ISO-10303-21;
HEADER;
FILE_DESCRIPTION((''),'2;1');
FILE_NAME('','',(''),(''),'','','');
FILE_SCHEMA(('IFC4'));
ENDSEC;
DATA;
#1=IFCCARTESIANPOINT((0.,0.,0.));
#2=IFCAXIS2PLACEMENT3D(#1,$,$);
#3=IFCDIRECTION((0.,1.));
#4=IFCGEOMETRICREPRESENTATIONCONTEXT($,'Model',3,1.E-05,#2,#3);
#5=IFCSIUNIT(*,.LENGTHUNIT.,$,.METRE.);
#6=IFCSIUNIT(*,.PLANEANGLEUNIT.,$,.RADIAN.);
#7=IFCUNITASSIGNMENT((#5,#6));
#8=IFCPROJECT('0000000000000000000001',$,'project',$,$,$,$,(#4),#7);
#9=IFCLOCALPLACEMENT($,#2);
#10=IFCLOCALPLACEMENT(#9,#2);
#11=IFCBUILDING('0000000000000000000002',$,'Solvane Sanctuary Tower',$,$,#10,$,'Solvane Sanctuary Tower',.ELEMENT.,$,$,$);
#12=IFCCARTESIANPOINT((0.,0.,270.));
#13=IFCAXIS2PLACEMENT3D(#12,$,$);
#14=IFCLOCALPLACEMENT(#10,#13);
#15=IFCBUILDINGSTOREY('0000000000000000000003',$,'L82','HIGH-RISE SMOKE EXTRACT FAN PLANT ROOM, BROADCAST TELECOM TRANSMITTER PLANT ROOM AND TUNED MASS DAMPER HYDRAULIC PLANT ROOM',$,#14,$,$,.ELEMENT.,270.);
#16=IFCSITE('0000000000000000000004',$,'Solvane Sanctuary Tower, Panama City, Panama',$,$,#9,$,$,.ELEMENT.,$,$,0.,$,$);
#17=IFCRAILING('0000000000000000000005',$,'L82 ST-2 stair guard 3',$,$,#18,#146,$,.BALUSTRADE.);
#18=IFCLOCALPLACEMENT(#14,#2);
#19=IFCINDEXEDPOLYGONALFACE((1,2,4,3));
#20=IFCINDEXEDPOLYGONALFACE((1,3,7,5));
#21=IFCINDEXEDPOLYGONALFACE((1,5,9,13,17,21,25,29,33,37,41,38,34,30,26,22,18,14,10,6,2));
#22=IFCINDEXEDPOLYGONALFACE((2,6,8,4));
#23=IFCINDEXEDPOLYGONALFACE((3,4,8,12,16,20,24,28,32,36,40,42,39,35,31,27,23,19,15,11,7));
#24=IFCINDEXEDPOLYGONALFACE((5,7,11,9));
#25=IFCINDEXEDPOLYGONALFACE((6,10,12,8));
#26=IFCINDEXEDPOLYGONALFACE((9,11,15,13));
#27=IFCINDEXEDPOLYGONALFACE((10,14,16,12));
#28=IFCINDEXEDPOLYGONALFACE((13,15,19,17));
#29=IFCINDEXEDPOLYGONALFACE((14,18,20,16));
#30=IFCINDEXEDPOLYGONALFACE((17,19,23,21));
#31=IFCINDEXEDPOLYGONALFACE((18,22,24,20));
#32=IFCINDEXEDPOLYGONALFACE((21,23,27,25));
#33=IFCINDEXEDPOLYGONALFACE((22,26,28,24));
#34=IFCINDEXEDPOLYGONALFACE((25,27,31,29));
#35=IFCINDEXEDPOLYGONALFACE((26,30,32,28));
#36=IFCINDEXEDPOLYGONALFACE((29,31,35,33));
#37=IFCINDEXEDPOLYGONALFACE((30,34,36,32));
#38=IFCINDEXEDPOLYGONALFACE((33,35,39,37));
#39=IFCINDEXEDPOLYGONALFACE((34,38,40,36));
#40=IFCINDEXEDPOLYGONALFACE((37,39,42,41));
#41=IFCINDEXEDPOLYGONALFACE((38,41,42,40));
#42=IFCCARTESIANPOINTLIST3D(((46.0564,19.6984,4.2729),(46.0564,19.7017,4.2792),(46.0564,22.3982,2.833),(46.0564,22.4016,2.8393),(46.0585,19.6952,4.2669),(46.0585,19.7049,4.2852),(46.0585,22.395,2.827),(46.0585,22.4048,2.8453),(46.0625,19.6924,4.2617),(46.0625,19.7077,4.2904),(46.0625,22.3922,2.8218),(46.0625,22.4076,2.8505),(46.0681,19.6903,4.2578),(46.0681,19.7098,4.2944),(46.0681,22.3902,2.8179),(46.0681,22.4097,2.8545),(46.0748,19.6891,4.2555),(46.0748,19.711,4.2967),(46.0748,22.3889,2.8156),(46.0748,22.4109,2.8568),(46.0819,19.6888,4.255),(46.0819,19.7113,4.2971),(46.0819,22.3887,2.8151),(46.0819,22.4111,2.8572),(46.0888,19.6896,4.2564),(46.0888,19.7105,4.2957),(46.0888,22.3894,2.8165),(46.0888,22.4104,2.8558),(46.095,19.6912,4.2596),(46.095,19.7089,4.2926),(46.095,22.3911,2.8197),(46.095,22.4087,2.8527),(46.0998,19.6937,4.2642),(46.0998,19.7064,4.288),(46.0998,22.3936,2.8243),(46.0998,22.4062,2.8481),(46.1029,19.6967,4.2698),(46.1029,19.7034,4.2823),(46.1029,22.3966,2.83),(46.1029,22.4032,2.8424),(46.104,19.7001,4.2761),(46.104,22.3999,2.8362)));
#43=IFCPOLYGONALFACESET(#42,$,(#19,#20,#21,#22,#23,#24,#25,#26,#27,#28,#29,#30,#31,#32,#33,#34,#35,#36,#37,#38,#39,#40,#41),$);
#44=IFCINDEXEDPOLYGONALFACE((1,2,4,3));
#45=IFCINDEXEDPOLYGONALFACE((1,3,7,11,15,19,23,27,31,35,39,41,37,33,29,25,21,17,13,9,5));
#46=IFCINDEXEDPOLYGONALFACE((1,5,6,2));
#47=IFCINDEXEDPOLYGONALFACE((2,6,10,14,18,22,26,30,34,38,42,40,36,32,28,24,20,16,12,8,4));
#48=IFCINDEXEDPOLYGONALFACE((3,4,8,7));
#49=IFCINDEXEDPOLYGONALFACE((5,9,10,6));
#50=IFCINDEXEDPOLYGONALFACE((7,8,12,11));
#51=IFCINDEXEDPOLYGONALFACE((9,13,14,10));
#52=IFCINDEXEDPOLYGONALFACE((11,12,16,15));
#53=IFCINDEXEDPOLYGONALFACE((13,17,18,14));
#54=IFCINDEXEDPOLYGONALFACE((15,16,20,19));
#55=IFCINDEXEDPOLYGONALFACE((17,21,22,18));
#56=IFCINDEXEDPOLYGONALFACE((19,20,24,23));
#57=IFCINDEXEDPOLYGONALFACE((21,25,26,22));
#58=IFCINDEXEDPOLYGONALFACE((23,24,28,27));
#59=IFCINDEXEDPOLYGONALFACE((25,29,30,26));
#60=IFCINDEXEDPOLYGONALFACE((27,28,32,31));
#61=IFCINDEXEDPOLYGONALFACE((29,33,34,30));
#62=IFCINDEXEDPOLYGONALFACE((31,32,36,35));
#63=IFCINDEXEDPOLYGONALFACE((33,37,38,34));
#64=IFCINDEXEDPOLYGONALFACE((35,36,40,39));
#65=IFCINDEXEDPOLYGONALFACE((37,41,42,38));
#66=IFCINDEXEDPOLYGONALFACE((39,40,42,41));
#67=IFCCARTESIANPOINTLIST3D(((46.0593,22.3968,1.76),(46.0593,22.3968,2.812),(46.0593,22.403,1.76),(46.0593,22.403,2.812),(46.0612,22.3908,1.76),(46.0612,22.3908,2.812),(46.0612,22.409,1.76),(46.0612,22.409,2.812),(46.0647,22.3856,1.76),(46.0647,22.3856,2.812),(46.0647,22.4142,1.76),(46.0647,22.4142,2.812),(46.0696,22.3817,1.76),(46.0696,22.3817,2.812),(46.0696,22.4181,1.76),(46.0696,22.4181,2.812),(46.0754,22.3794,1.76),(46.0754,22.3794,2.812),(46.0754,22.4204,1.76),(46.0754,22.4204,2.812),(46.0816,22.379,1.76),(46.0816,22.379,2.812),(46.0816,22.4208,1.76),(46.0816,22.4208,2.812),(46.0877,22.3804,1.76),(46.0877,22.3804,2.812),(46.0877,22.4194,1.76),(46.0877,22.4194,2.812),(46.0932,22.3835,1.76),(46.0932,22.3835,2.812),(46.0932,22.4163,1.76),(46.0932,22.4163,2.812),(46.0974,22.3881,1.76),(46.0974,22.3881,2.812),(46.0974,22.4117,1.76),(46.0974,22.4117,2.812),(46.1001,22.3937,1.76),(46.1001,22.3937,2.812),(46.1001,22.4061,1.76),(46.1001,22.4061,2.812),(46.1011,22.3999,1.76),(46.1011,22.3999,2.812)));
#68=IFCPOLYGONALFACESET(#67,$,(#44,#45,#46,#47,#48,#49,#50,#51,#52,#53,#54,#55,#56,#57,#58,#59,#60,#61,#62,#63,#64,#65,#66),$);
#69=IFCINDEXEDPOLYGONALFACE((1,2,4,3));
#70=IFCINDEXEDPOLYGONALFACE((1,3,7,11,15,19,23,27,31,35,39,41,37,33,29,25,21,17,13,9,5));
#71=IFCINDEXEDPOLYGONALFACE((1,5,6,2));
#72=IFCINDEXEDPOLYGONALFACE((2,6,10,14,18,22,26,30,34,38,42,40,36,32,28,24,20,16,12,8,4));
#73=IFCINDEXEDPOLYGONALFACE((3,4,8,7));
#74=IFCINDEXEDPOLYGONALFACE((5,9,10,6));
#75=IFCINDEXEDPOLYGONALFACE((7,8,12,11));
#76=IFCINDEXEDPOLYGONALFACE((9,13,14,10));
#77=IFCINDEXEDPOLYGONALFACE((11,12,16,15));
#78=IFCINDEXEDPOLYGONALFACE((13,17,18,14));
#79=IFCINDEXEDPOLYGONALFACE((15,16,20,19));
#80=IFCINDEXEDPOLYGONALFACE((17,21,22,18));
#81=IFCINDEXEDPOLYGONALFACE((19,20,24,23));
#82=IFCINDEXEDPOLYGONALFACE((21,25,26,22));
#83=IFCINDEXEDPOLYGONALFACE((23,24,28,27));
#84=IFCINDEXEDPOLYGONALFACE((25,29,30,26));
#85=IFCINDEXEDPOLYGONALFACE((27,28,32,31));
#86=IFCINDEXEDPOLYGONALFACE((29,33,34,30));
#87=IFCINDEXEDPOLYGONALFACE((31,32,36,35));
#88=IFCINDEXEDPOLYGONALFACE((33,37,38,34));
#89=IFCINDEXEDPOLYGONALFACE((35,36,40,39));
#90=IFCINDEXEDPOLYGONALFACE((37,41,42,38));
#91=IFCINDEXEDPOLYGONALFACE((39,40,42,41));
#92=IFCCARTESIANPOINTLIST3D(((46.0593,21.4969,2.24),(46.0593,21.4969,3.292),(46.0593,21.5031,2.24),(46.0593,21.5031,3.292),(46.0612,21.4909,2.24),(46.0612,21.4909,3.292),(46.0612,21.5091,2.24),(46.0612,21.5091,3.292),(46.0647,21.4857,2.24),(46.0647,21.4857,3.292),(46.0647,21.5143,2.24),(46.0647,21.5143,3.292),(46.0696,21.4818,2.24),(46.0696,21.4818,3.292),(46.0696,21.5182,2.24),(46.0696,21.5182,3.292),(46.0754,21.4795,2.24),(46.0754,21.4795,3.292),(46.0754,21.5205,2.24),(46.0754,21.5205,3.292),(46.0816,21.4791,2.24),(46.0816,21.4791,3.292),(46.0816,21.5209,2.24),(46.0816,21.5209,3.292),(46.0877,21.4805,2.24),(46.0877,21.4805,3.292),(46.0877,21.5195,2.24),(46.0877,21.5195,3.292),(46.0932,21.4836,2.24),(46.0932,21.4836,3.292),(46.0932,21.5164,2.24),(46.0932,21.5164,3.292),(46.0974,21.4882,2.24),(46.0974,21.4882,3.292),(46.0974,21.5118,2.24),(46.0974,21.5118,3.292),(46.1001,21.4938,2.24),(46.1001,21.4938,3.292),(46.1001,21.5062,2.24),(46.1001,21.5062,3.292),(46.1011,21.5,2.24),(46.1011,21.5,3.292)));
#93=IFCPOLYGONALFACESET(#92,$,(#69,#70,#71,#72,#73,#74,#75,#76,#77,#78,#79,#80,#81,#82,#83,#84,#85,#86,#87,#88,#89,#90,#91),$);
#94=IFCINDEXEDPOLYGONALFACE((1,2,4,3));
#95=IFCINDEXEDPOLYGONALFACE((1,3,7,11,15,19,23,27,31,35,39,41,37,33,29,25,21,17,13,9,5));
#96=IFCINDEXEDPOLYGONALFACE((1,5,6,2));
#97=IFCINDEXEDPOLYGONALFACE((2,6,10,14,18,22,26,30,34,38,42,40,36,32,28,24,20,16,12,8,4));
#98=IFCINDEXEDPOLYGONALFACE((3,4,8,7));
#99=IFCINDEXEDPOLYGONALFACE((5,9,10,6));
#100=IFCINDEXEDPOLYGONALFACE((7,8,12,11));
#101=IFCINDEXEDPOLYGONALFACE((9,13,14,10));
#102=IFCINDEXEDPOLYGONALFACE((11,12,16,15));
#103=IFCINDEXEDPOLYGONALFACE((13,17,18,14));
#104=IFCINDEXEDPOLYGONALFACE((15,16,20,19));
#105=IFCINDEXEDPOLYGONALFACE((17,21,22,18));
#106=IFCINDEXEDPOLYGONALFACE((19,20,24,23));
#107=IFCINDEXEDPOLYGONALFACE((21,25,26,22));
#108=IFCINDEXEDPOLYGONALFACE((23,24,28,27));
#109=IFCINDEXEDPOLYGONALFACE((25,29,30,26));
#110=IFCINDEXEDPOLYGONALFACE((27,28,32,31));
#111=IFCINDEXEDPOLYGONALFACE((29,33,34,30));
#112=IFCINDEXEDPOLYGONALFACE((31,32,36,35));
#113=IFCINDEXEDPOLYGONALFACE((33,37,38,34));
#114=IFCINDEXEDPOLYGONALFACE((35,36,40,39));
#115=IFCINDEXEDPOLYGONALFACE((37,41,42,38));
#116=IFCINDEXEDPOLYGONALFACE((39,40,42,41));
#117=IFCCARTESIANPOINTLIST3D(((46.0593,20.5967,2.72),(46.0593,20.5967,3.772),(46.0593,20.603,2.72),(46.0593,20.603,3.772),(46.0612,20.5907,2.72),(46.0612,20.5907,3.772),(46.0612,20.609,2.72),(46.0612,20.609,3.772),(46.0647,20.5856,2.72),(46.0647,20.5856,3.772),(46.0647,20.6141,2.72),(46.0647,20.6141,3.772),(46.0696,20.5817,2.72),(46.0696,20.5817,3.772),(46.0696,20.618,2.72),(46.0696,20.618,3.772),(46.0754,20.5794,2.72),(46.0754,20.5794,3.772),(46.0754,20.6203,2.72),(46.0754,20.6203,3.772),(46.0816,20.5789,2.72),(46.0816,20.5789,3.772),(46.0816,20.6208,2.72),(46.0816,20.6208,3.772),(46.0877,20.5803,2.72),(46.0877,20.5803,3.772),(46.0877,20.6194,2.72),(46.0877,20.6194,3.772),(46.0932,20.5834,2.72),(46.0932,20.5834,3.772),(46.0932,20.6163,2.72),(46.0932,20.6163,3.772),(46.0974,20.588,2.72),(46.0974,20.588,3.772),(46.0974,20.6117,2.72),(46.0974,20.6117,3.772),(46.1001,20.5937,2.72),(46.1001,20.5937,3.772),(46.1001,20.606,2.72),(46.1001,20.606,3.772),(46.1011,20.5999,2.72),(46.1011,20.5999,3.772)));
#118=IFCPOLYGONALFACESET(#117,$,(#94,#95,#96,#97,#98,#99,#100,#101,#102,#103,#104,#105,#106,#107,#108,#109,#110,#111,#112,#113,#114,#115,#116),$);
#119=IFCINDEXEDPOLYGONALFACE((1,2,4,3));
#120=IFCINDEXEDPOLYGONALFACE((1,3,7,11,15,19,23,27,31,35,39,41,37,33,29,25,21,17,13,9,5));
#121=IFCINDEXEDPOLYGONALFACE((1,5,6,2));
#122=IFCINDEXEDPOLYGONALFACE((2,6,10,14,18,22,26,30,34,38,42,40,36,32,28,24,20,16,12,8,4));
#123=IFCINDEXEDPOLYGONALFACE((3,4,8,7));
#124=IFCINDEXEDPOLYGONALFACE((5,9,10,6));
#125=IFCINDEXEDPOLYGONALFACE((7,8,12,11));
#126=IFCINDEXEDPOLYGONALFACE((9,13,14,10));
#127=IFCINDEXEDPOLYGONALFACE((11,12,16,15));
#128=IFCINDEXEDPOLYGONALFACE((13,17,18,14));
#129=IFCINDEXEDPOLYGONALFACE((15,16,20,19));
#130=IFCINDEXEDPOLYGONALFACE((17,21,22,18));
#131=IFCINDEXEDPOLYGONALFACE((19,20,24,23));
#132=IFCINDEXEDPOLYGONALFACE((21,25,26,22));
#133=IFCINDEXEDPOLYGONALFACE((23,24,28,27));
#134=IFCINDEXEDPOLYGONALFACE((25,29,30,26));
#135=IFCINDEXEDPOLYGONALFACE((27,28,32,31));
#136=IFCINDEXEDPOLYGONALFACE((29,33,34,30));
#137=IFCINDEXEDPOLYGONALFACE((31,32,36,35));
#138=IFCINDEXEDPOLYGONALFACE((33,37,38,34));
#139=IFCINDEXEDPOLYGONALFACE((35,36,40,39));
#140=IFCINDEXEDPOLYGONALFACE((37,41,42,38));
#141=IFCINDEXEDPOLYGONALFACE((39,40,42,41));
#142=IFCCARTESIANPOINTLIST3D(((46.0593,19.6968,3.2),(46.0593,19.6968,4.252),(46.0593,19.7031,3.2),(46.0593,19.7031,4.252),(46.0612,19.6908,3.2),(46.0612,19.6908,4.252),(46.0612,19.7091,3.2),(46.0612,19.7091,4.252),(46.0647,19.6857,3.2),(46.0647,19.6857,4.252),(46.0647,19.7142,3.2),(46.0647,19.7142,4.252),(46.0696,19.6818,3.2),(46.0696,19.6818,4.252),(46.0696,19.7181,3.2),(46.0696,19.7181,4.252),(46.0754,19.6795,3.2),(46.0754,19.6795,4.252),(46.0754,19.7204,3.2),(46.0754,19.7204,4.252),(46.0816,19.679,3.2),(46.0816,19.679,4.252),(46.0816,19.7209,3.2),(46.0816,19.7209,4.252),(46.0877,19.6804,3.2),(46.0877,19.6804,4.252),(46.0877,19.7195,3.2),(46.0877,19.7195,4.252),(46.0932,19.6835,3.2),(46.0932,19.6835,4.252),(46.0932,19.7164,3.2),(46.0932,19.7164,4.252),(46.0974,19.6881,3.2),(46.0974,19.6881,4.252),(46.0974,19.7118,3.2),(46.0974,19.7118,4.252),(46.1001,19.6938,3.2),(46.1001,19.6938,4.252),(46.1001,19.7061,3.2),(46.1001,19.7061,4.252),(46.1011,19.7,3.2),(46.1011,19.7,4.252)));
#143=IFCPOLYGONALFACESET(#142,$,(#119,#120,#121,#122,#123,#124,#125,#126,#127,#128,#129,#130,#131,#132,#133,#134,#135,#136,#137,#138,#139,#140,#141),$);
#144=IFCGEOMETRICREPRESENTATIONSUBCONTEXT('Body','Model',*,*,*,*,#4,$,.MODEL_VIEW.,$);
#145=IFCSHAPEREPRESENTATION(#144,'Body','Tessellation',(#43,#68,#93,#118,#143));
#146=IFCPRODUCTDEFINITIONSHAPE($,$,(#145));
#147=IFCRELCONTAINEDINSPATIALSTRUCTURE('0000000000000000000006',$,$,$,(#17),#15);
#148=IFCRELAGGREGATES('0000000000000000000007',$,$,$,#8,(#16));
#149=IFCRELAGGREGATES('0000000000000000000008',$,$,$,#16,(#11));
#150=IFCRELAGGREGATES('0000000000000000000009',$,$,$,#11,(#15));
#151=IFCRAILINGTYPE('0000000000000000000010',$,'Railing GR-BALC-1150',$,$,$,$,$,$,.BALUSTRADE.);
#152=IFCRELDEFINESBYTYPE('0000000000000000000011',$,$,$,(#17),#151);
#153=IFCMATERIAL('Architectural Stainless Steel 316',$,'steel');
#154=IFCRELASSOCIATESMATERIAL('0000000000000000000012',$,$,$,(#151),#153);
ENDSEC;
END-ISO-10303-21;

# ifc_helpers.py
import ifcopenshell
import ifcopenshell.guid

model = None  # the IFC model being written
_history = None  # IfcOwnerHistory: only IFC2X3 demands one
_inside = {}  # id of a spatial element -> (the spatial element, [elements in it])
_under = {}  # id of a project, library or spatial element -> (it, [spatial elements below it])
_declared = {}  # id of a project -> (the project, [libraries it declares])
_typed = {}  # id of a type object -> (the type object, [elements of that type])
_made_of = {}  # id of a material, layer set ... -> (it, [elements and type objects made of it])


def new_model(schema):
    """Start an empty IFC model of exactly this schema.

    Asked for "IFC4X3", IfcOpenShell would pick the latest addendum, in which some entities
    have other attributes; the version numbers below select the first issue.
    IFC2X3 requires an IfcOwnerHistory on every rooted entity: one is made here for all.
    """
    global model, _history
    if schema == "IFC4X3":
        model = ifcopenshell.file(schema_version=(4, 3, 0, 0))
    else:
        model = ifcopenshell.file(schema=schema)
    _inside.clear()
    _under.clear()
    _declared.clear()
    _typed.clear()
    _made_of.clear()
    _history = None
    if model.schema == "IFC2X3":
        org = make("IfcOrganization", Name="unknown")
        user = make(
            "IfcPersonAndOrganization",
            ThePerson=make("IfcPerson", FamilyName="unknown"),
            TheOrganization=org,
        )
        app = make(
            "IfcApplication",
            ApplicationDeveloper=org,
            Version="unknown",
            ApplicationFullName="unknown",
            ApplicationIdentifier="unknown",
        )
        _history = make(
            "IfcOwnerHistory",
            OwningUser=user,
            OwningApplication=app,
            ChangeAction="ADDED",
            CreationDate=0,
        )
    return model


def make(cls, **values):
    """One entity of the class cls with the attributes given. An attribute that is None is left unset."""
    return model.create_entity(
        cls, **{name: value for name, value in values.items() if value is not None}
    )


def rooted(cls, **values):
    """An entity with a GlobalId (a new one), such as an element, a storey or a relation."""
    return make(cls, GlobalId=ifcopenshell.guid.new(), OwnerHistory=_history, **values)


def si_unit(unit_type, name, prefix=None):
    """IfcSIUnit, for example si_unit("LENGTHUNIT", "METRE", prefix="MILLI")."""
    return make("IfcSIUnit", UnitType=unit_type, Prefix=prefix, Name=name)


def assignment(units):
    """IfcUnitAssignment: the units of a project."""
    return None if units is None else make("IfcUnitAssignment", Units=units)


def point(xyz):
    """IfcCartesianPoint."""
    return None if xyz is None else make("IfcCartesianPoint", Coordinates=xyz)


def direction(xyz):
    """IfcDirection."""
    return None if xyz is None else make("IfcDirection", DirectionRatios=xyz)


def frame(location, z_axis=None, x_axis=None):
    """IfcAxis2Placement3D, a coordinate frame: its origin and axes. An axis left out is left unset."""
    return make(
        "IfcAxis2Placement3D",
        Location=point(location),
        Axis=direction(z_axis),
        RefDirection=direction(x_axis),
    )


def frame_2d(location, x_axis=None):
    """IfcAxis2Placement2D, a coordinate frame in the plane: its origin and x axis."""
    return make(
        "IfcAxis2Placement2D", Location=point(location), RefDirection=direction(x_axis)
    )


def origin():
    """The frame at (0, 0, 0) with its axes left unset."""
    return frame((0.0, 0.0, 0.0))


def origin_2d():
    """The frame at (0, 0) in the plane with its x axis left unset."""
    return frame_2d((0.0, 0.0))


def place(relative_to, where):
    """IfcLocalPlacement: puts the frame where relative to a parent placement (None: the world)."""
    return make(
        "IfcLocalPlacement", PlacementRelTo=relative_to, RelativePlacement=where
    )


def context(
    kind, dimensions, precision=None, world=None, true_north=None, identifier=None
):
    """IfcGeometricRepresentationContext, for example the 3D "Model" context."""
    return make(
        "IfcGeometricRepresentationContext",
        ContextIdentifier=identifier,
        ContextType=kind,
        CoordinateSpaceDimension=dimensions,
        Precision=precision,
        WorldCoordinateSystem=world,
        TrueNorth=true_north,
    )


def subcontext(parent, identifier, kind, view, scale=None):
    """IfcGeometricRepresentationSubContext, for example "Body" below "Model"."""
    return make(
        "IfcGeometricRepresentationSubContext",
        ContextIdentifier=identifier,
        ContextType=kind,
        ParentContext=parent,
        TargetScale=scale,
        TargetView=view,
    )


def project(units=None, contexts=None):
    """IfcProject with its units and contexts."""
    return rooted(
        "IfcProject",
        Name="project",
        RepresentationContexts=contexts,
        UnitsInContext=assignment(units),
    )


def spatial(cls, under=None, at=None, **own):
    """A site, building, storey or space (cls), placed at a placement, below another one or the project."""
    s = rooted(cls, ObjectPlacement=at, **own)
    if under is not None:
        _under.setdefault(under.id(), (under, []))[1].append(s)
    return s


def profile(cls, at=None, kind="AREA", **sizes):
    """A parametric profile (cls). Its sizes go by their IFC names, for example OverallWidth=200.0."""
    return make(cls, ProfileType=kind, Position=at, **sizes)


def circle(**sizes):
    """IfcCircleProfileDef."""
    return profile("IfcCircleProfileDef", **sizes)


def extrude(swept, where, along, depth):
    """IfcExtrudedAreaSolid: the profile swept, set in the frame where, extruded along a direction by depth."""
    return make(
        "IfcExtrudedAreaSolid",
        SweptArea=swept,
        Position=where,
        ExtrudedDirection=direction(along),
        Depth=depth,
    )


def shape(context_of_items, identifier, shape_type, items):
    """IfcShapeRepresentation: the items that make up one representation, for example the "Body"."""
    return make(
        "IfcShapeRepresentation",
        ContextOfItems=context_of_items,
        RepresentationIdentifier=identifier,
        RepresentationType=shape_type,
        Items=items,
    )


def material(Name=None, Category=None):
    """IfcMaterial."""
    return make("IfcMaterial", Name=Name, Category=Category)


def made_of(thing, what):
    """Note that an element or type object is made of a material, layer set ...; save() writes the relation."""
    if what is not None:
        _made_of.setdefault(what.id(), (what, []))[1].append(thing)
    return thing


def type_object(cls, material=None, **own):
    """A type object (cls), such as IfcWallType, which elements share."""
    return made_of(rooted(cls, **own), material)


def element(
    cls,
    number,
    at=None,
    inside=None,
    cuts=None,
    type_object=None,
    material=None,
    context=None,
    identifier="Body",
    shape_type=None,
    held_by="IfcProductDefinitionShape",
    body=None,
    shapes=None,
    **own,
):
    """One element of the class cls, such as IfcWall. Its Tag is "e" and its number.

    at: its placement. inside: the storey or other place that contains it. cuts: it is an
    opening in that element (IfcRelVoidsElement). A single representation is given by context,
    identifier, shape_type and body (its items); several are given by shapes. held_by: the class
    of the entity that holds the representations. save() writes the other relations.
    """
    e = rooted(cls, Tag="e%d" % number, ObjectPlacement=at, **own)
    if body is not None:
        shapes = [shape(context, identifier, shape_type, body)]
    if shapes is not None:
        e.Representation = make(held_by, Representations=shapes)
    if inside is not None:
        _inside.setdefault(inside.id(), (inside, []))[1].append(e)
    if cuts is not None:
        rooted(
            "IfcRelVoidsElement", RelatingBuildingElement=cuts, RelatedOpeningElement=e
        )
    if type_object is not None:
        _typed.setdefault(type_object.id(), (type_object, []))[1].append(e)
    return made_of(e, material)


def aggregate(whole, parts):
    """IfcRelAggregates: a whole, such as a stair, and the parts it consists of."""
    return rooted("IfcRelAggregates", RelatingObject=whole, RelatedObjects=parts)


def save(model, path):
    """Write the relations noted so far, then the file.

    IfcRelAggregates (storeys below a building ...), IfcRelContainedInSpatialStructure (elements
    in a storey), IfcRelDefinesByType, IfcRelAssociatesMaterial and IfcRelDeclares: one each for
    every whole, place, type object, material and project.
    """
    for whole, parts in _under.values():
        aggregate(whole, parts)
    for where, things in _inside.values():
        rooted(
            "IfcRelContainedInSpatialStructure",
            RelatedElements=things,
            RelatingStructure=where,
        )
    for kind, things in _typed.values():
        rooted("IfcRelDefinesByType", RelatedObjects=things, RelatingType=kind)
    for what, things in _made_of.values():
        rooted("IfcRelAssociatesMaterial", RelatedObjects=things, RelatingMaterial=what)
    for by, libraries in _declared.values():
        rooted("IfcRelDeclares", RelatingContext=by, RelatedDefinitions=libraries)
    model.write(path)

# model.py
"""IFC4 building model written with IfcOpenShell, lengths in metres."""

from ifc_helpers import new_model, si_unit, direction, frame, origin, origin_2d, place, context, subcontext, project, spatial, circle, extrude, material, type_object, element, save


model = new_model("IFC4")

# Units and contexts
model_context = context("Model", 3, precision=1e-05, world=origin(), true_north=direction((0.0, 1.0)))
body_context = subcontext(model_context, "Body", "Model", "MODEL_VIEW")
ifc_project = project(units=[si_unit("LENGTHUNIT", "METRE"), si_unit("PLANEANGLEUNIT", "RADIAN")], contexts=[model_context])

# Site, building, storey
site_placement = place(None, origin())
site = spatial("IfcSite", under=ifc_project, at=site_placement, Name="Solvane Sanctuary Tower, Panama City, Panama", CompositionType="ELEMENT", RefElevation=0.0)
building_placement = place(site_placement, origin())
building = spatial("IfcBuilding", under=site, at=building_placement, Name="Solvane Sanctuary Tower", LongName="Solvane Sanctuary Tower", CompositionType="ELEMENT")
storey_placement = place(building_placement, frame((0.0, 0.0, 270.0)))
storey = spatial("IfcBuildingStorey", under=building, at=storey_placement, Name="L82", Description="HIGH-RISE SMOKE EXTRACT FAN PLANT ROOM, BROADCAST TELECOM TRANSMITTER PLANT ROOM AND TUNED MASS DAMPER HYDRAULIC PLANT ROOM", CompositionType="ELEMENT", Elevation=270.0)

# Shared definitions
ifc_material_1 = material(Name="Architectural Stainless Steel 316", Category="steel")

# Railing
railing_type_1 = type_object("IfcRailingType", Name="Railing GR-BALC-1150", PredefinedType="BALUSTRADE", material=ifc_material_1)
railing_1_placement = place(storey_placement, frame((46.0801, 22.3999, 1.76)))
element("IfcRailing", 1, at=railing_1_placement, inside=storey, type_object=railing_type_1, Name="L82 ST-2 stair guard 3", PredefinedType="BALUSTRADE", context=body_context, shape_type="SweptSolid", body=[
    extrude(circle(Radius=0.0239, at=origin_2d()), frame((0.0, 0.0, 1.0762), z_axis=(0.0, -0.882357, 0.47058), x_axis=(1.0, 0.0, 0.0)), (0.0, 0.0, 1.0), 3.0598),
    extrude(circle(Radius=0.021, at=origin_2d()), origin(), (0.0, 0.0, 1.0), 1.052),
    extrude(circle(Radius=0.021, at=origin_2d()), frame((0.0, -0.8999, 0.48)), (0.0, 0.0, 1.0), 1.052),
    extrude(circle(Radius=0.021, at=origin_2d()), frame((0.0, -1.8, 0.96)), (0.0, 0.0, 1.0), 1.052),
    extrude(circle(Radius=0.021, at=origin_2d()), frame((0.0, -2.7, 1.4399)), (0.0, 0.0, 1.0), 1.052),
])

save(model, "model.ifc")
